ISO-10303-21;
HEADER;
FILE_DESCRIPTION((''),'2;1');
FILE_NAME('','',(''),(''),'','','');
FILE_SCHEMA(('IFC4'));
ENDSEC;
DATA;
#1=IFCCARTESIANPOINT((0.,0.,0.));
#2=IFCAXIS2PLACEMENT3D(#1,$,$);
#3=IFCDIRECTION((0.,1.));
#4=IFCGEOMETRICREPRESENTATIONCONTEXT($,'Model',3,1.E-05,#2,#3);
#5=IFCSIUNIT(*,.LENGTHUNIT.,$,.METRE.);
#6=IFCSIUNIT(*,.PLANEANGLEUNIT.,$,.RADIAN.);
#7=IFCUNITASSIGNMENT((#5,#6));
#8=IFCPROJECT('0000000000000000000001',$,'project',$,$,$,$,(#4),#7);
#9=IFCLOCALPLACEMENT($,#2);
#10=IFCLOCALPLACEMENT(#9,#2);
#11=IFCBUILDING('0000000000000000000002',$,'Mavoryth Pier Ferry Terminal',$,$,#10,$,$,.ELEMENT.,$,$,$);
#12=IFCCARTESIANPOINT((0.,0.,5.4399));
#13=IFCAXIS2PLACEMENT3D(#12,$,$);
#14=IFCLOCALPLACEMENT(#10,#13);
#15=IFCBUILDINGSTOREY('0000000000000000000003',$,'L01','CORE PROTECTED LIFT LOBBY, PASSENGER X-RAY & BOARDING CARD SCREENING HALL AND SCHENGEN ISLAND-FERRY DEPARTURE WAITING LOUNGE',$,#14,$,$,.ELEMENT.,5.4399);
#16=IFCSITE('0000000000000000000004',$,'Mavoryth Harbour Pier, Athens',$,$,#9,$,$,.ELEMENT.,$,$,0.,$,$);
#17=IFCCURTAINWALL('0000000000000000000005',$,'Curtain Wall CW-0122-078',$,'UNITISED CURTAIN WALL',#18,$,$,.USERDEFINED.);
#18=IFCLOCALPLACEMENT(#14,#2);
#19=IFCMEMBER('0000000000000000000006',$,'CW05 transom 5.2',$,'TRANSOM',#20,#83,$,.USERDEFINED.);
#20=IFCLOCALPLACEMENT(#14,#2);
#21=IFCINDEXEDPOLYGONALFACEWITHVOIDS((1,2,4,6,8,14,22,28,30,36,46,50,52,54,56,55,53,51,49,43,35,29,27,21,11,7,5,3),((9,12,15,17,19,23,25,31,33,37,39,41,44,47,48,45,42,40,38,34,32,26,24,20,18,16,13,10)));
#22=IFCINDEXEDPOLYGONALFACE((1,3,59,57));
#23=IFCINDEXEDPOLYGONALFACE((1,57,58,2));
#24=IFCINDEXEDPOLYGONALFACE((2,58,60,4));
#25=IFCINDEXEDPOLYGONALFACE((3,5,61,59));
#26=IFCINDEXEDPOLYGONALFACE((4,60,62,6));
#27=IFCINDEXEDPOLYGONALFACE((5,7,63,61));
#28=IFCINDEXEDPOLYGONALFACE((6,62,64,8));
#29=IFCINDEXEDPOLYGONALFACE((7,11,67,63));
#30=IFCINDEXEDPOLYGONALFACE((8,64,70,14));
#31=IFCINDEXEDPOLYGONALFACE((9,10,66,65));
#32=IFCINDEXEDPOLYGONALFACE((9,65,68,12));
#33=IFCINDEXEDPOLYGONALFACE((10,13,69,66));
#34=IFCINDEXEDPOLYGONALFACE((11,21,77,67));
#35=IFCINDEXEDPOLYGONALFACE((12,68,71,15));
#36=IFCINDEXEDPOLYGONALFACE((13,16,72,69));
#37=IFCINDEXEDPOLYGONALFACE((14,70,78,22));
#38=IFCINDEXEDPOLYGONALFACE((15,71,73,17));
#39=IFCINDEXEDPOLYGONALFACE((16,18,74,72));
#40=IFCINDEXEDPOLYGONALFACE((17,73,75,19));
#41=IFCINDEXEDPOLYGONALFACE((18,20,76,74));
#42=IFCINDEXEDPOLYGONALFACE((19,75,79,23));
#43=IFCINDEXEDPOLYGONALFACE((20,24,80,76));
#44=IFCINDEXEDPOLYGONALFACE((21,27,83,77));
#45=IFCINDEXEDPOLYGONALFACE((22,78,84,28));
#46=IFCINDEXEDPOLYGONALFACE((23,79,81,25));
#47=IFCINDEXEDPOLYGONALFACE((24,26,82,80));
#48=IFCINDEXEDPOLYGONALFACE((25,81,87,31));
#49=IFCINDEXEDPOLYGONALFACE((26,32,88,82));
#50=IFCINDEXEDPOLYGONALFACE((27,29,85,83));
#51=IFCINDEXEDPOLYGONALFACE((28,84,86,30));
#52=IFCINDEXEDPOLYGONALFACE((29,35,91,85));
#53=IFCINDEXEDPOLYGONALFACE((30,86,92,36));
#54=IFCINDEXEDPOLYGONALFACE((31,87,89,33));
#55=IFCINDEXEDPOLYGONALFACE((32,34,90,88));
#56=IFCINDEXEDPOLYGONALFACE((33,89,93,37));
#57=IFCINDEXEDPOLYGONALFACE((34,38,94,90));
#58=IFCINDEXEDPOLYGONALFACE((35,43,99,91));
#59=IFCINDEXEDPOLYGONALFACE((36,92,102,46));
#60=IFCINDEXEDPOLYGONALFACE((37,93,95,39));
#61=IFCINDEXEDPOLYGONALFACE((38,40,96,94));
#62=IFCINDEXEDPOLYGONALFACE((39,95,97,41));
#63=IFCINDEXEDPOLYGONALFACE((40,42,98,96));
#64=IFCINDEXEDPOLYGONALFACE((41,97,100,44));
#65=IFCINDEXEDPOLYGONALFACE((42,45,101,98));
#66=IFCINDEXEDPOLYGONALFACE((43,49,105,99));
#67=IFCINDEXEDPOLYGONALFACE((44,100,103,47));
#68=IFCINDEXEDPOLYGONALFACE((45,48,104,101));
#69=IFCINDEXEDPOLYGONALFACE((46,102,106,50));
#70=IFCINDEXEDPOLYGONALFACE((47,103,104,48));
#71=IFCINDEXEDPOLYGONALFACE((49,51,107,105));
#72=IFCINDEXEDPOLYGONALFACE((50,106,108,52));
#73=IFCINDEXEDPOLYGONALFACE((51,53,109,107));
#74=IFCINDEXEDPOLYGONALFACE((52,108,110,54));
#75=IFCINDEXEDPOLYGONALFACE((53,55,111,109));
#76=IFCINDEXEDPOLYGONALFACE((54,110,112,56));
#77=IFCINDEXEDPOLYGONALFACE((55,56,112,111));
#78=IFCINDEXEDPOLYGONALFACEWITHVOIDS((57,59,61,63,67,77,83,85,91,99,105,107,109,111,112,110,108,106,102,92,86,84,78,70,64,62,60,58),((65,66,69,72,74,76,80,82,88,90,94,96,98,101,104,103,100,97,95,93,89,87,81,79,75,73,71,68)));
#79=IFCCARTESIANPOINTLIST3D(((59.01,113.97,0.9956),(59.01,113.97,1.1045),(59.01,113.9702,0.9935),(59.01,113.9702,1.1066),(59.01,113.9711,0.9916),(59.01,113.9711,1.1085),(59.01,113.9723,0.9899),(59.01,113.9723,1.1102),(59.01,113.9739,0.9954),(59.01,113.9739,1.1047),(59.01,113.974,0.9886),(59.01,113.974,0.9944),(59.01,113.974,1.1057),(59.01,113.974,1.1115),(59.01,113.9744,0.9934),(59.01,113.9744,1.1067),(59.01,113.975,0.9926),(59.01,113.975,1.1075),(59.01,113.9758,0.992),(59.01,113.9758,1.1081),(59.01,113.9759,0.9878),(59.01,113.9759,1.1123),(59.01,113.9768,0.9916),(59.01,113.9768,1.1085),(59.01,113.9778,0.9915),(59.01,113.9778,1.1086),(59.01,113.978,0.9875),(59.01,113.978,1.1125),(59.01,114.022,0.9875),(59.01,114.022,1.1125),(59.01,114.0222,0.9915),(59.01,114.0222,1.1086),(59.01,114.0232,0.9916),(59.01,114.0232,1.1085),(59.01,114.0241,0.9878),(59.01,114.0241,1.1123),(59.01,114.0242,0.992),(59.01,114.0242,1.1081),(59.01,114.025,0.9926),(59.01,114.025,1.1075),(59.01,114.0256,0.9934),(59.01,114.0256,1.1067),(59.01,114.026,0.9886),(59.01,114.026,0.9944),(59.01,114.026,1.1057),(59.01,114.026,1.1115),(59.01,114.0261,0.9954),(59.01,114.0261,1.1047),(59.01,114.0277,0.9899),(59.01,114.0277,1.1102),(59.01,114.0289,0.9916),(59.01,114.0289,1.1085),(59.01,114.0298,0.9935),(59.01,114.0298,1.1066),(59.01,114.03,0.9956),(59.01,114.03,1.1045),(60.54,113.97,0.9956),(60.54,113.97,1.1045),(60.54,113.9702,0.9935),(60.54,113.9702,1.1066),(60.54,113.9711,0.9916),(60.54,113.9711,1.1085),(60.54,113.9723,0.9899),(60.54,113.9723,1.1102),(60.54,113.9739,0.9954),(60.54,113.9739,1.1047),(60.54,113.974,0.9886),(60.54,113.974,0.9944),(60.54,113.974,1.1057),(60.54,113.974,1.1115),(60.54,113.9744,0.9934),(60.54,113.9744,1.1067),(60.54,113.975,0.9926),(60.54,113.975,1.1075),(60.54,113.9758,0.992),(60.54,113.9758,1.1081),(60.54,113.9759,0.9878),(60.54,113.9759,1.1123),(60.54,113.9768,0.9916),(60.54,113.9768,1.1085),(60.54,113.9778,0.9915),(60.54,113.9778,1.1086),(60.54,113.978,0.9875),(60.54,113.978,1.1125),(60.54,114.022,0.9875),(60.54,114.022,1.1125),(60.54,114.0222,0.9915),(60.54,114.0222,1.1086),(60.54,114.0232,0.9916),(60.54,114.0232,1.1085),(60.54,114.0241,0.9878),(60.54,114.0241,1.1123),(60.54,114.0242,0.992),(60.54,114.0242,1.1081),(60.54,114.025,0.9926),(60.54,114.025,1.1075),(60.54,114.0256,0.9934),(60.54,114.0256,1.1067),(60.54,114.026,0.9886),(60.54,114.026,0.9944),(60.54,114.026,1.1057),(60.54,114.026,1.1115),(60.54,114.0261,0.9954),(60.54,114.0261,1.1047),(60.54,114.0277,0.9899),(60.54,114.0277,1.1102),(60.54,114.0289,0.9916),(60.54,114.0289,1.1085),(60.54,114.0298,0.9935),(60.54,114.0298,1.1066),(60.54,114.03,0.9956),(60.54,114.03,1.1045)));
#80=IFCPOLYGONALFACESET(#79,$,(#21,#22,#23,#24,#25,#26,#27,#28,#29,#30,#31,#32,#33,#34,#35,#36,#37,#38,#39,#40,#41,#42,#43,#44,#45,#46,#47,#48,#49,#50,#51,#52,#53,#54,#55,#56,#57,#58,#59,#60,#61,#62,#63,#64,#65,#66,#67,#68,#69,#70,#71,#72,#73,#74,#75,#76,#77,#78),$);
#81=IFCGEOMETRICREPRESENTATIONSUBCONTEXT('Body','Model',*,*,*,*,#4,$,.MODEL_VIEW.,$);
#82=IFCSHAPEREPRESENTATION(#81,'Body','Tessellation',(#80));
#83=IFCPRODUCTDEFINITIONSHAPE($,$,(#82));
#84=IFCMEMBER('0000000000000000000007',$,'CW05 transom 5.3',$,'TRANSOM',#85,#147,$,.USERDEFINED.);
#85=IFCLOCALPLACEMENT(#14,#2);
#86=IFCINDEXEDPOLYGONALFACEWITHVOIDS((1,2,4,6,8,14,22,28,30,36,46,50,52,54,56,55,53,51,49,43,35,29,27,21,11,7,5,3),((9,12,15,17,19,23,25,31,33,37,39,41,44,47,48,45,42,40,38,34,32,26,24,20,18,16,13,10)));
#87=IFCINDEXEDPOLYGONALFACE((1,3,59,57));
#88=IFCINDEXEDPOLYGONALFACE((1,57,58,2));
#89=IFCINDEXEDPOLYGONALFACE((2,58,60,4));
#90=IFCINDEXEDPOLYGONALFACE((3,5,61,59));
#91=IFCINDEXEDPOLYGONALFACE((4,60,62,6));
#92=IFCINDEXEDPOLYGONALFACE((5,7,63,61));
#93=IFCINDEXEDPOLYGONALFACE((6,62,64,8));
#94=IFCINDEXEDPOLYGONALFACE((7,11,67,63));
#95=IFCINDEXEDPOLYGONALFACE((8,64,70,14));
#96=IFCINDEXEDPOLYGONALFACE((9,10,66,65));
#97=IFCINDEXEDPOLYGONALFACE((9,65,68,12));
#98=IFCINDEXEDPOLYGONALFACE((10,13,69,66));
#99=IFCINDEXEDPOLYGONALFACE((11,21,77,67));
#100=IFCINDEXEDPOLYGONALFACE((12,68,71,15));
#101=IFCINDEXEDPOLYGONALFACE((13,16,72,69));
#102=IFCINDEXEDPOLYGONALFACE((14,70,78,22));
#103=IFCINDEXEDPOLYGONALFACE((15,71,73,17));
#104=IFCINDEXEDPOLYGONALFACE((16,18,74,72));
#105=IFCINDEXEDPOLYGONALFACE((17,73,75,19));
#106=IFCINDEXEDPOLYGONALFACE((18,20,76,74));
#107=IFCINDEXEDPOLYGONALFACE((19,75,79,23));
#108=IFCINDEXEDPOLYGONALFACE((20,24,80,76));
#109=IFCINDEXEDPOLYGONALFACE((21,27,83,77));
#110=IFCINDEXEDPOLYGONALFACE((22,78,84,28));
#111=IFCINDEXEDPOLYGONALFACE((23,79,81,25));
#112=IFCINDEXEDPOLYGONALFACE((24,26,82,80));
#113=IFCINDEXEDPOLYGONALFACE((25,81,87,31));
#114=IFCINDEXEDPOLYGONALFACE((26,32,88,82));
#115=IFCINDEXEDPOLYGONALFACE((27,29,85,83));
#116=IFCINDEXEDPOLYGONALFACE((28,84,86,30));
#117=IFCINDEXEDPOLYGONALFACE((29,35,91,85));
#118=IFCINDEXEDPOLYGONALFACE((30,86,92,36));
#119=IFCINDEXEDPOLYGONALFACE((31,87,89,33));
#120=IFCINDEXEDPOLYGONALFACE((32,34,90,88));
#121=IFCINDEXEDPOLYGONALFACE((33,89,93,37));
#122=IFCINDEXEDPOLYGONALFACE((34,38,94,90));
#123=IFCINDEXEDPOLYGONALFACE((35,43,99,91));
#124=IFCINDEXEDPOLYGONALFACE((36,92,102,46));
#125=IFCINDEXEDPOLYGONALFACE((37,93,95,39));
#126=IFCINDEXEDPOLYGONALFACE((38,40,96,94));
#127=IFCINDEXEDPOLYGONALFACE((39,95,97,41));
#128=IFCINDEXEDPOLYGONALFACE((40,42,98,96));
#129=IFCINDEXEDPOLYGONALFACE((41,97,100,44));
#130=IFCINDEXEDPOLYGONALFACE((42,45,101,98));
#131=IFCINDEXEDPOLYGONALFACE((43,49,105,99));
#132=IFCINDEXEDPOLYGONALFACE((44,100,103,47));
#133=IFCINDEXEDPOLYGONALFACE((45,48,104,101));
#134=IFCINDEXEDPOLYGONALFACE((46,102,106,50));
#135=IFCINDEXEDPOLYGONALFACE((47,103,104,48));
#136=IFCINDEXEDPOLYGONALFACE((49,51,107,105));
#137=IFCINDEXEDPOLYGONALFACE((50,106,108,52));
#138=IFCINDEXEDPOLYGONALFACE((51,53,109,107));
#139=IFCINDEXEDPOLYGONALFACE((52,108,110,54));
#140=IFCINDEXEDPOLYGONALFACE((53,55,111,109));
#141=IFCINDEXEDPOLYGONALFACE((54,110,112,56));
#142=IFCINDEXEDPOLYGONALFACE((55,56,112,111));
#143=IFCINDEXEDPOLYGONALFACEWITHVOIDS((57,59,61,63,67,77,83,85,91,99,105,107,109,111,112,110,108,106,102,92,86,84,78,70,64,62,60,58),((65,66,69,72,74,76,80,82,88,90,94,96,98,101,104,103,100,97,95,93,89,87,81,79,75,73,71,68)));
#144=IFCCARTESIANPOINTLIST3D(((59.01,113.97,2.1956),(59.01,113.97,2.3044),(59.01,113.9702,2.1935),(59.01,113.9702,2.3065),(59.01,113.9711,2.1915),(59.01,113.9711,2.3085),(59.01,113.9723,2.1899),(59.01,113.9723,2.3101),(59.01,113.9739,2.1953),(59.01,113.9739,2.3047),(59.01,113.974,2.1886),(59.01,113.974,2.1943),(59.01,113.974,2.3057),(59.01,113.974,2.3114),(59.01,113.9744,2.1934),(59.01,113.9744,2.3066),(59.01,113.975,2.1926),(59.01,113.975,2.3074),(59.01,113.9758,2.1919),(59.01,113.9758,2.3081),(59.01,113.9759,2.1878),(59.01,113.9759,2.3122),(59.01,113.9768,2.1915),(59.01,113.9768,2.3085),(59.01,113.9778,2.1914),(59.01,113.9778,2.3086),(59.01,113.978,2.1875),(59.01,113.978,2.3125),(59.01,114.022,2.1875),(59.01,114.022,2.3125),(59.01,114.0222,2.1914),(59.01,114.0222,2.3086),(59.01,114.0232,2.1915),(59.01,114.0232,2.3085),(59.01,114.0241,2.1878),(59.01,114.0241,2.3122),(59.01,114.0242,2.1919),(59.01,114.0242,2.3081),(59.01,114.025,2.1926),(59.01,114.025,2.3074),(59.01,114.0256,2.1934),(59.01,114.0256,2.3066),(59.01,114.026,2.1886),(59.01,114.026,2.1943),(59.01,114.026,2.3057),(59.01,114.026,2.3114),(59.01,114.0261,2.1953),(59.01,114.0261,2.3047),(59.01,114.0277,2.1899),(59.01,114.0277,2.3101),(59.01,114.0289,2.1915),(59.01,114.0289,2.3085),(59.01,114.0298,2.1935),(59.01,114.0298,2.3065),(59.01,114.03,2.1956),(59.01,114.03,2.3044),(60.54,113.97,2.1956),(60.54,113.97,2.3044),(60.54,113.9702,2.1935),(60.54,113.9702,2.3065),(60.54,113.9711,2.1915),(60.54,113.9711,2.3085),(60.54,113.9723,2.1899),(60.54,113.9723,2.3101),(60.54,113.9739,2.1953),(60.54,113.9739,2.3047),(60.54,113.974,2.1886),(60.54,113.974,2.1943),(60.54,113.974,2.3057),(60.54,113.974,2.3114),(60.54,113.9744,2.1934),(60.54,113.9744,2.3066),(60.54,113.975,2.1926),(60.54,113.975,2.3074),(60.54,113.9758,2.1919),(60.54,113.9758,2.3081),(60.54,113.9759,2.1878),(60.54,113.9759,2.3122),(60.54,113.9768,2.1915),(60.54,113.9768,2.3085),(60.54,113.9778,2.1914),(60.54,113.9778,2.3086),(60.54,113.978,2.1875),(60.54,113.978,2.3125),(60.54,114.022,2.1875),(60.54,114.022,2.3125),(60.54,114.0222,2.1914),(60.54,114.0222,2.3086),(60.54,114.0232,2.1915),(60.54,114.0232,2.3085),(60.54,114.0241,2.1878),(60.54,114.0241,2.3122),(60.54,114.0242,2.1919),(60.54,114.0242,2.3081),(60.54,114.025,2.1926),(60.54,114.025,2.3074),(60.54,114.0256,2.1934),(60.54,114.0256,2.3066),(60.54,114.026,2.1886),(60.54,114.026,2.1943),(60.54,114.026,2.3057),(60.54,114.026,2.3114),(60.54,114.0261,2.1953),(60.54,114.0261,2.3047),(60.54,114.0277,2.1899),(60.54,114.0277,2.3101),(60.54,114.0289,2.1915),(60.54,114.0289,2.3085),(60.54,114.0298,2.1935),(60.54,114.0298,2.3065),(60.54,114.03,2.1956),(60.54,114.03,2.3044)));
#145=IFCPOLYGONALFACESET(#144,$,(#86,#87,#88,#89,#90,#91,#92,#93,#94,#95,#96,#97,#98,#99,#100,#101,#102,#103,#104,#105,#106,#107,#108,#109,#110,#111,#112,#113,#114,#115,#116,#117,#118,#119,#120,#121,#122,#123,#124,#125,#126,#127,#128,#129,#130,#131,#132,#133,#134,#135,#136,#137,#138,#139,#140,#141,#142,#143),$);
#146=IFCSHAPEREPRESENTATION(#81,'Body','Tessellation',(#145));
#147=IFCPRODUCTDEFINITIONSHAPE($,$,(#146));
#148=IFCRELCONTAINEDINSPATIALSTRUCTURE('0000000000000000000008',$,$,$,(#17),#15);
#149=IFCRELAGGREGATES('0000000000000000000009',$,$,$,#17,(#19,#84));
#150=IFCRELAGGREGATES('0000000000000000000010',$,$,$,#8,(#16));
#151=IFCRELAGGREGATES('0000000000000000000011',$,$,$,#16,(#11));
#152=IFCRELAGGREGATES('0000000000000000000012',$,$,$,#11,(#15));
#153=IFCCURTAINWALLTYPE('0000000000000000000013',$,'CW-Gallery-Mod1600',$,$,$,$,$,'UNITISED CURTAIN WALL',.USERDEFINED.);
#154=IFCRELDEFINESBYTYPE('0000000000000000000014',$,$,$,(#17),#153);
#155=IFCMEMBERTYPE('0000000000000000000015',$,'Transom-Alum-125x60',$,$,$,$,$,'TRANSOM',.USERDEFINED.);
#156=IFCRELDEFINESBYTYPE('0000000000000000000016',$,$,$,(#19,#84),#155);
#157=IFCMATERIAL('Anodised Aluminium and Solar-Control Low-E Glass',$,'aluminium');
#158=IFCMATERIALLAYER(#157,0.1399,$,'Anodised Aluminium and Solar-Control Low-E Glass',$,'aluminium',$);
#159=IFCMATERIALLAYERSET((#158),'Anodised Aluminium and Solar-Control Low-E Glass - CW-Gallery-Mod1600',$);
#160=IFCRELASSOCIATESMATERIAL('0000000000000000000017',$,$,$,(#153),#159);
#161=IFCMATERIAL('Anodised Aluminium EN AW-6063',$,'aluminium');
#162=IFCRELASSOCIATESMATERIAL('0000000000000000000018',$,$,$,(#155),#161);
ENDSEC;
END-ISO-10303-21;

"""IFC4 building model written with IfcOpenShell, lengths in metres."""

from ifc_helpers import new_model, si_unit, direction, frame, origin, origin_2d, place, context, subcontext, project, spatial, hollow_rectangle, extrude, material, layer, layer_set, material_profile, profile_set, type_object, element, aggregate, save


model = new_model("IFC4")

# Units and contexts
model_context = context("Model", 3, precision=1e-05, world=origin(), true_north=direction((0.0, 1.0)))
body_context = subcontext(model_context, "Body", "Model", "MODEL_VIEW")
ifc_project = project(units=[si_unit("LENGTHUNIT", "METRE"), si_unit("PLANEANGLEUNIT", "RADIAN")], contexts=[model_context])

# Site, building, storey
site_placement = place(None, origin())
site = spatial("IfcSite", under=ifc_project, at=site_placement, Name="Mavoryth Harbour Pier, Athens", CompositionType="ELEMENT", RefElevation=0.0)
building_placement = place(site_placement, origin())
building = spatial("IfcBuilding", under=site, at=building_placement, Name="Mavoryth Pier Ferry Terminal", CompositionType="ELEMENT")
storey_placement = place(building_placement, frame((0.0, 0.0, 5.4399)))
storey = spatial("IfcBuildingStorey", under=building, at=storey_placement, Name="L01", Description="CORE PROTECTED LIFT LOBBY, PASSENGER X-RAY & BOARDING CARD SCREENING HALL AND SCHENGEN ISLAND-FERRY DEPARTURE WAITING LOUNGE", CompositionType="ELEMENT", Elevation=5.4399)

# Curtain wall
ifc_material_1 = material(Name="Anodised Aluminium and Solar-Control Low-E Glass", Category="aluminium")
ifc_layer_1 = layer(ifc_material_1, 0.1399, Name="Anodised Aluminium and Solar-Control Low-E Glass", Category="aluminium")
ifc_layer_set_1 = layer_set([ifc_layer_1], Name="Anodised Aluminium and Solar-Control Low-E Glass - CW-Gallery-Mod1600")
curtain_wall_type = type_object("IfcCurtainWallType", Name="CW-Gallery-Mod1600", ElementType="UNITISED CURTAIN WALL", PredefinedType="USERDEFINED", material=ifc_layer_set_1)
ifc_material_2 = material(Name="Anodised Aluminium EN AW-6063", Category="aluminium")
curtain_wall_1_placement = place(storey_placement, origin())
curtain_wall_1 = element("IfcCurtainWall", 1, at=curtain_wall_1_placement, inside=storey, type_object=curtain_wall_type, Name="Curtain Wall CW-0122-078", ObjectType="UNITISED CURTAIN WALL", PredefinedType="USERDEFINED")

# Members
ifc_material_profile_1 = material_profile(ifc_material_2, hollow_rectangle(XDim=0.0601, YDim=0.125, WallThickness=0.0039, InnerFilletRadius=0.0039, OuterFilletRadius=0.0081, at=origin_2d()), Name="AL-TRAN 125x60x4", Category="aluminium")
ifc_profile_set_1 = profile_set([ifc_material_profile_1], Name="Anodised Aluminium EN AW-6063 - AL-TRAN 125x60x4")
member_type_1 = type_object("IfcMemberType", Name="Transom-Alum-125x60", ElementType="TRANSOM", PredefinedType="USERDEFINED", material=ifc_profile_set_1)
member_1_placement = place(storey_placement, frame((60.54, 114.0, 1.05), z_axis=(-1.0, 0.0, 0.0), x_axis=(0.0, -1.0, 0.0)))
member_1 = element("IfcMember", 2, at=member_1_placement, type_object=member_type_1, Name="CW05 transom 5.2", ObjectType="TRANSOM", PredefinedType="USERDEFINED", context=body_context, shape_type="SweptSolid", body=[
    extrude(hollow_rectangle(XDim=0.0601, YDim=0.125, WallThickness=0.0039, InnerFilletRadius=0.0039, OuterFilletRadius=0.0081, at=origin_2d()), origin(), (0.0, 0.0, 1.0), 1.53),
])
member_2_placement = place(storey_placement, frame((60.54, 114.0, 2.25), z_axis=(-1.0, 0.0, 0.0), x_axis=(0.0, -1.0, 0.0)))
member_2 = element("IfcMember", 3, at=member_2_placement, type_object=member_type_1, Name="CW05 transom 5.3", ObjectType="TRANSOM", PredefinedType="USERDEFINED", context=body_context, shape_type="SweptSolid", body=[
    extrude(hollow_rectangle(XDim=0.0601, YDim=0.125, WallThickness=0.0039, InnerFilletRadius=0.0039, OuterFilletRadius=0.0081, at=origin_2d()), origin(), (0.0, 0.0, 1.0), 1.53),
])

aggregate(curtain_wall_1, [member_1, member_2])

save(model, "model.ifc")
